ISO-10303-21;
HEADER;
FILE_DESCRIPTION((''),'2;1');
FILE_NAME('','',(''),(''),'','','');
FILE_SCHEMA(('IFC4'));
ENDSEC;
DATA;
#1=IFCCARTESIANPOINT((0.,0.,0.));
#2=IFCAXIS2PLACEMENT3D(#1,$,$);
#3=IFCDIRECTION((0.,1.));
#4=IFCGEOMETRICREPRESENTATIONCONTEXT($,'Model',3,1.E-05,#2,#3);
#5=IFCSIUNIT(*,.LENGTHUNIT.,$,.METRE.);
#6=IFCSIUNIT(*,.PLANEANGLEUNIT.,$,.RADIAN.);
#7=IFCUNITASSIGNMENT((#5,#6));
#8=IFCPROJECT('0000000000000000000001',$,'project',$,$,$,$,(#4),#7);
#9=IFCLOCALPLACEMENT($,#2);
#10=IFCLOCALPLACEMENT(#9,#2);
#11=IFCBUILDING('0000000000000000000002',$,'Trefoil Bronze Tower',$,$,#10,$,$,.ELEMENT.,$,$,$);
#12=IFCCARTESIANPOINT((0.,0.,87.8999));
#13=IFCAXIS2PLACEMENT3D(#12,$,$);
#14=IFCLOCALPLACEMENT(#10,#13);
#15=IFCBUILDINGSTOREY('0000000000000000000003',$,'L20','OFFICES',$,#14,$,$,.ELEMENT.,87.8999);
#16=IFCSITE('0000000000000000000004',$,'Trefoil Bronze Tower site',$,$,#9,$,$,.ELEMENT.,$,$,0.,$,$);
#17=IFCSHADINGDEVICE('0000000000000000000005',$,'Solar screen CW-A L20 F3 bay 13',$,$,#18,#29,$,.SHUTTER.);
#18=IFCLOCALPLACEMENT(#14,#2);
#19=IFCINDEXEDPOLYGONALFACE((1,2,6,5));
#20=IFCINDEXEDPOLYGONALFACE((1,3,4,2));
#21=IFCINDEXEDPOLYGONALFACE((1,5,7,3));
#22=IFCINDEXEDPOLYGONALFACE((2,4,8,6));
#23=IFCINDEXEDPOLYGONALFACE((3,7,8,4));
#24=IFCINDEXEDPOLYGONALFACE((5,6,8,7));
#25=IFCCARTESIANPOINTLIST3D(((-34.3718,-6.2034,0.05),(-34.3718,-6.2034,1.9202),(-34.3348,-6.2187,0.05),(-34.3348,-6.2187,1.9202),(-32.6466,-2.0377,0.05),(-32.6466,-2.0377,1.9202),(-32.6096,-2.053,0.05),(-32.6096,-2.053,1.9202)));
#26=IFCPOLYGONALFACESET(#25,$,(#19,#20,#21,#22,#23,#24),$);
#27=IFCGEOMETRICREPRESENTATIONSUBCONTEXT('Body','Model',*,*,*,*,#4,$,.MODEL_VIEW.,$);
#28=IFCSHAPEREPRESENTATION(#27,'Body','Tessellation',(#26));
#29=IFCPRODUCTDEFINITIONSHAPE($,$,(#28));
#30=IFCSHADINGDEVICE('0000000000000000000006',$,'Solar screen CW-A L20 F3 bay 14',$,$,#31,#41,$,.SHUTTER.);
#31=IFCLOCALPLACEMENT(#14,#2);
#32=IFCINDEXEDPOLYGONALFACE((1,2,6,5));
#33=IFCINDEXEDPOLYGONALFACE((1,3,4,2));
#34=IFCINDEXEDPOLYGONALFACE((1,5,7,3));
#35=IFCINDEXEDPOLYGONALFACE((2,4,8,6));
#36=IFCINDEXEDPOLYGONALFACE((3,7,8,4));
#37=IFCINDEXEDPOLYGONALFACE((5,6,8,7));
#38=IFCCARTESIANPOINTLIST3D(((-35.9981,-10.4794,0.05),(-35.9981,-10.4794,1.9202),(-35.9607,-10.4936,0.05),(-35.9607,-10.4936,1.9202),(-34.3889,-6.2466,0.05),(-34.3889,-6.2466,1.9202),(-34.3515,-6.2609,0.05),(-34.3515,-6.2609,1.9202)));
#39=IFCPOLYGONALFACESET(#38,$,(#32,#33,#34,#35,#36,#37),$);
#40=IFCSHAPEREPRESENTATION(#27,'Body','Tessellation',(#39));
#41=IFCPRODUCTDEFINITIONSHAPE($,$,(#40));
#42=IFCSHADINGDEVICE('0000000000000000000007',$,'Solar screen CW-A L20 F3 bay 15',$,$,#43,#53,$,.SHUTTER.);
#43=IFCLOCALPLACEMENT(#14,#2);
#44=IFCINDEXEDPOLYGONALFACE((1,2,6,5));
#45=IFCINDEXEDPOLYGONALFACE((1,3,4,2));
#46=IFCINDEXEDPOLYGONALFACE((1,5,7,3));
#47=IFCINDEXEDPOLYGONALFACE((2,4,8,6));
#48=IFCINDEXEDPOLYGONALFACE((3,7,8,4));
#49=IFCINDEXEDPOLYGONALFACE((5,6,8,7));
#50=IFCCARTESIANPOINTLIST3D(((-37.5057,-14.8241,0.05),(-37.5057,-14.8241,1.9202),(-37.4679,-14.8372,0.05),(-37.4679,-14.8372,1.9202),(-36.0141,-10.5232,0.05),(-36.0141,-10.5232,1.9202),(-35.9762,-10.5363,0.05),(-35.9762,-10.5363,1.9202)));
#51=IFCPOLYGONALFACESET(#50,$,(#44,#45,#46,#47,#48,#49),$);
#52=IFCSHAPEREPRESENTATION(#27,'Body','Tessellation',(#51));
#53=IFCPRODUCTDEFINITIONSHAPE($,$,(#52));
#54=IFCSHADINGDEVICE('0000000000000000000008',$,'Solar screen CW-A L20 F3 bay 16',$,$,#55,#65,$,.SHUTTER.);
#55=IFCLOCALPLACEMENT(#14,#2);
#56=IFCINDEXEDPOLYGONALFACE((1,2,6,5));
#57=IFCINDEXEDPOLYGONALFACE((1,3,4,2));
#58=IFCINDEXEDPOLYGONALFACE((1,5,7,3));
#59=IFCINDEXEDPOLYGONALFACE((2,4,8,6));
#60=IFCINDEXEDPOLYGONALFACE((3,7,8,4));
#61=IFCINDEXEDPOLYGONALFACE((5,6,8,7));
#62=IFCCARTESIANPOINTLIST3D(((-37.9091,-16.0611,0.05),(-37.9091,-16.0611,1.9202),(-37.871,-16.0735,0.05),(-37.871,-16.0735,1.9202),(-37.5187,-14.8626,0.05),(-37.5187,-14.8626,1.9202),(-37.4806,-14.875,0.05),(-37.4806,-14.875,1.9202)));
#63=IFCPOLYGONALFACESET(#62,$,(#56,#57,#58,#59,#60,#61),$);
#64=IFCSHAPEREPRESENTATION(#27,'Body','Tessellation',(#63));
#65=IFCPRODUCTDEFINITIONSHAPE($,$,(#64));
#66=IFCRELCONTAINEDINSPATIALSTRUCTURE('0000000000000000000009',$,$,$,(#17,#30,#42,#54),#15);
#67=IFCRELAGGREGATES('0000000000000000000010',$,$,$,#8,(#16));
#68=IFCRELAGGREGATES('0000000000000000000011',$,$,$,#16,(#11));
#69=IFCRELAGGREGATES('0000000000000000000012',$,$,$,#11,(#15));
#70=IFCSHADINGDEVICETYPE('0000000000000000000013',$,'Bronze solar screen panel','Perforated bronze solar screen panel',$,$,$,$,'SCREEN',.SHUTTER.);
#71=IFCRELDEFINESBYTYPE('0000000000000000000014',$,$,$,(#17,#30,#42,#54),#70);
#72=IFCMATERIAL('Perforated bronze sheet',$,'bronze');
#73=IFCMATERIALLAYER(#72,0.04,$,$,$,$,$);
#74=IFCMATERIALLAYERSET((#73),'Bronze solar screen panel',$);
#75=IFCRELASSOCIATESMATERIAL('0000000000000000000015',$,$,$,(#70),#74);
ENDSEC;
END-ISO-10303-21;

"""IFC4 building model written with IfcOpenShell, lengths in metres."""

from ifc_helpers import new_model, si_unit, direction, frame, origin, origin_2d, place, context, subcontext, project, spatial, rectangle, extrude, material, layer, layer_set, type_object, element, save


model = new_model("IFC4")

# Units and contexts
model_context = context("Model", 3, precision=1e-05, world=origin(), true_north=direction((0.0, 1.0)))
body_context = subcontext(model_context, "Body", "Model", "MODEL_VIEW")
ifc_project = project(units=[si_unit("LENGTHUNIT", "METRE"), si_unit("PLANEANGLEUNIT", "RADIAN")], contexts=[model_context])

# Site, building, storey
site_placement = place(None, origin())
site = spatial("IfcSite", under=ifc_project, at=site_placement, Name="Trefoil Bronze Tower site", CompositionType="ELEMENT", RefElevation=0.0)
building_placement = place(site_placement, origin())
building = spatial("IfcBuilding", under=site, at=building_placement, Name="Trefoil Bronze Tower", CompositionType="ELEMENT")
storey_placement = place(building_placement, frame((0.0, 0.0, 87.8999)))
storey = spatial("IfcBuildingStorey", under=building, at=storey_placement, Name="L20", Description="OFFICES", CompositionType="ELEMENT", Elevation=87.8999)

# Shading devices
ifc_material_1 = material(Name="Perforated bronze sheet", Category="bronze")
ifc_layer_1 = layer(ifc_material_1, 0.04)
ifc_layer_set_1 = layer_set([ifc_layer_1], Name="Bronze solar screen panel")
shading_device_type = type_object("IfcShadingDeviceType", Name="Bronze solar screen panel", Description="Perforated bronze solar screen panel", ElementType="SCREEN", PredefinedType="SHUTTER", material=ifc_layer_set_1)
shading_device_1_placement = place(storey_placement, frame((-33.4907, -4.1282, 0.05), z_axis=(0.0, 0.0, 1.0), x_axis=(-0.38263, -0.923902, 0.0)))
element("IfcShadingDevice", 1, at=shading_device_1_placement, inside=storey, type_object=shading_device_type, Name="Solar screen CW-A L20 F3 bay 13", PredefinedType="SHUTTER", context=body_context, shape_type="SweptSolid", body=[
    extrude(rectangle(XDim=4.5088, YDim=0.04, at=origin_2d()), origin(), (0.0, 0.0, 1.0), 1.8701),
])
shading_device_2_placement = place(storey_placement, frame((-35.1748, -8.3701, 0.05), z_axis=(0.0, 0.0, 1.0), x_axis=(-0.355371, -0.934725, 0.0)))
element("IfcShadingDevice", 2, at=shading_device_2_placement, inside=storey, type_object=shading_device_type, Name="Solar screen CW-A L20 F3 bay 14", PredefinedType="SHUTTER", context=body_context, shape_type="SweptSolid", body=[
    extrude(rectangle(XDim=4.5283, YDim=0.04, at=origin_2d()), origin(), (0.0, 0.0, 1.0), 1.8701),
])
shading_device_3_placement = place(storey_placement, frame((-36.741, -12.6802, 0.05), z_axis=(0.0, 0.0, 1.0), x_axis=(-0.327674, -0.944791, 0.0)))
element("IfcShadingDevice", 3, at=shading_device_3_placement, inside=storey, type_object=shading_device_type, Name="Solar screen CW-A L20 F3 bay 15", PredefinedType="SHUTTER", context=body_context, shape_type="SweptSolid", body=[
    extrude(rectangle(XDim=4.5522, YDim=0.04, at=origin_2d()), origin(), (0.0, 0.0, 1.0), 1.8701),
])
shading_device_4_placement = place(storey_placement, frame((-37.6948, -15.468, 0.05), z_axis=(0.0, 0.0, 1.0), x_axis=(-0.309728, -0.950825, 0.0)))
element("IfcShadingDevice", 4, at=shading_device_4_placement, inside=storey, type_object=shading_device_type, Name="Solar screen CW-A L20 F3 bay 16", PredefinedType="SHUTTER", context=body_context, shape_type="SweptSolid", body=[
    extrude(rectangle(XDim=1.2605, YDim=0.04, at=origin_2d()), origin(), (0.0, 0.0, 1.0), 1.8701),
])

save(model, "model.ifc")
